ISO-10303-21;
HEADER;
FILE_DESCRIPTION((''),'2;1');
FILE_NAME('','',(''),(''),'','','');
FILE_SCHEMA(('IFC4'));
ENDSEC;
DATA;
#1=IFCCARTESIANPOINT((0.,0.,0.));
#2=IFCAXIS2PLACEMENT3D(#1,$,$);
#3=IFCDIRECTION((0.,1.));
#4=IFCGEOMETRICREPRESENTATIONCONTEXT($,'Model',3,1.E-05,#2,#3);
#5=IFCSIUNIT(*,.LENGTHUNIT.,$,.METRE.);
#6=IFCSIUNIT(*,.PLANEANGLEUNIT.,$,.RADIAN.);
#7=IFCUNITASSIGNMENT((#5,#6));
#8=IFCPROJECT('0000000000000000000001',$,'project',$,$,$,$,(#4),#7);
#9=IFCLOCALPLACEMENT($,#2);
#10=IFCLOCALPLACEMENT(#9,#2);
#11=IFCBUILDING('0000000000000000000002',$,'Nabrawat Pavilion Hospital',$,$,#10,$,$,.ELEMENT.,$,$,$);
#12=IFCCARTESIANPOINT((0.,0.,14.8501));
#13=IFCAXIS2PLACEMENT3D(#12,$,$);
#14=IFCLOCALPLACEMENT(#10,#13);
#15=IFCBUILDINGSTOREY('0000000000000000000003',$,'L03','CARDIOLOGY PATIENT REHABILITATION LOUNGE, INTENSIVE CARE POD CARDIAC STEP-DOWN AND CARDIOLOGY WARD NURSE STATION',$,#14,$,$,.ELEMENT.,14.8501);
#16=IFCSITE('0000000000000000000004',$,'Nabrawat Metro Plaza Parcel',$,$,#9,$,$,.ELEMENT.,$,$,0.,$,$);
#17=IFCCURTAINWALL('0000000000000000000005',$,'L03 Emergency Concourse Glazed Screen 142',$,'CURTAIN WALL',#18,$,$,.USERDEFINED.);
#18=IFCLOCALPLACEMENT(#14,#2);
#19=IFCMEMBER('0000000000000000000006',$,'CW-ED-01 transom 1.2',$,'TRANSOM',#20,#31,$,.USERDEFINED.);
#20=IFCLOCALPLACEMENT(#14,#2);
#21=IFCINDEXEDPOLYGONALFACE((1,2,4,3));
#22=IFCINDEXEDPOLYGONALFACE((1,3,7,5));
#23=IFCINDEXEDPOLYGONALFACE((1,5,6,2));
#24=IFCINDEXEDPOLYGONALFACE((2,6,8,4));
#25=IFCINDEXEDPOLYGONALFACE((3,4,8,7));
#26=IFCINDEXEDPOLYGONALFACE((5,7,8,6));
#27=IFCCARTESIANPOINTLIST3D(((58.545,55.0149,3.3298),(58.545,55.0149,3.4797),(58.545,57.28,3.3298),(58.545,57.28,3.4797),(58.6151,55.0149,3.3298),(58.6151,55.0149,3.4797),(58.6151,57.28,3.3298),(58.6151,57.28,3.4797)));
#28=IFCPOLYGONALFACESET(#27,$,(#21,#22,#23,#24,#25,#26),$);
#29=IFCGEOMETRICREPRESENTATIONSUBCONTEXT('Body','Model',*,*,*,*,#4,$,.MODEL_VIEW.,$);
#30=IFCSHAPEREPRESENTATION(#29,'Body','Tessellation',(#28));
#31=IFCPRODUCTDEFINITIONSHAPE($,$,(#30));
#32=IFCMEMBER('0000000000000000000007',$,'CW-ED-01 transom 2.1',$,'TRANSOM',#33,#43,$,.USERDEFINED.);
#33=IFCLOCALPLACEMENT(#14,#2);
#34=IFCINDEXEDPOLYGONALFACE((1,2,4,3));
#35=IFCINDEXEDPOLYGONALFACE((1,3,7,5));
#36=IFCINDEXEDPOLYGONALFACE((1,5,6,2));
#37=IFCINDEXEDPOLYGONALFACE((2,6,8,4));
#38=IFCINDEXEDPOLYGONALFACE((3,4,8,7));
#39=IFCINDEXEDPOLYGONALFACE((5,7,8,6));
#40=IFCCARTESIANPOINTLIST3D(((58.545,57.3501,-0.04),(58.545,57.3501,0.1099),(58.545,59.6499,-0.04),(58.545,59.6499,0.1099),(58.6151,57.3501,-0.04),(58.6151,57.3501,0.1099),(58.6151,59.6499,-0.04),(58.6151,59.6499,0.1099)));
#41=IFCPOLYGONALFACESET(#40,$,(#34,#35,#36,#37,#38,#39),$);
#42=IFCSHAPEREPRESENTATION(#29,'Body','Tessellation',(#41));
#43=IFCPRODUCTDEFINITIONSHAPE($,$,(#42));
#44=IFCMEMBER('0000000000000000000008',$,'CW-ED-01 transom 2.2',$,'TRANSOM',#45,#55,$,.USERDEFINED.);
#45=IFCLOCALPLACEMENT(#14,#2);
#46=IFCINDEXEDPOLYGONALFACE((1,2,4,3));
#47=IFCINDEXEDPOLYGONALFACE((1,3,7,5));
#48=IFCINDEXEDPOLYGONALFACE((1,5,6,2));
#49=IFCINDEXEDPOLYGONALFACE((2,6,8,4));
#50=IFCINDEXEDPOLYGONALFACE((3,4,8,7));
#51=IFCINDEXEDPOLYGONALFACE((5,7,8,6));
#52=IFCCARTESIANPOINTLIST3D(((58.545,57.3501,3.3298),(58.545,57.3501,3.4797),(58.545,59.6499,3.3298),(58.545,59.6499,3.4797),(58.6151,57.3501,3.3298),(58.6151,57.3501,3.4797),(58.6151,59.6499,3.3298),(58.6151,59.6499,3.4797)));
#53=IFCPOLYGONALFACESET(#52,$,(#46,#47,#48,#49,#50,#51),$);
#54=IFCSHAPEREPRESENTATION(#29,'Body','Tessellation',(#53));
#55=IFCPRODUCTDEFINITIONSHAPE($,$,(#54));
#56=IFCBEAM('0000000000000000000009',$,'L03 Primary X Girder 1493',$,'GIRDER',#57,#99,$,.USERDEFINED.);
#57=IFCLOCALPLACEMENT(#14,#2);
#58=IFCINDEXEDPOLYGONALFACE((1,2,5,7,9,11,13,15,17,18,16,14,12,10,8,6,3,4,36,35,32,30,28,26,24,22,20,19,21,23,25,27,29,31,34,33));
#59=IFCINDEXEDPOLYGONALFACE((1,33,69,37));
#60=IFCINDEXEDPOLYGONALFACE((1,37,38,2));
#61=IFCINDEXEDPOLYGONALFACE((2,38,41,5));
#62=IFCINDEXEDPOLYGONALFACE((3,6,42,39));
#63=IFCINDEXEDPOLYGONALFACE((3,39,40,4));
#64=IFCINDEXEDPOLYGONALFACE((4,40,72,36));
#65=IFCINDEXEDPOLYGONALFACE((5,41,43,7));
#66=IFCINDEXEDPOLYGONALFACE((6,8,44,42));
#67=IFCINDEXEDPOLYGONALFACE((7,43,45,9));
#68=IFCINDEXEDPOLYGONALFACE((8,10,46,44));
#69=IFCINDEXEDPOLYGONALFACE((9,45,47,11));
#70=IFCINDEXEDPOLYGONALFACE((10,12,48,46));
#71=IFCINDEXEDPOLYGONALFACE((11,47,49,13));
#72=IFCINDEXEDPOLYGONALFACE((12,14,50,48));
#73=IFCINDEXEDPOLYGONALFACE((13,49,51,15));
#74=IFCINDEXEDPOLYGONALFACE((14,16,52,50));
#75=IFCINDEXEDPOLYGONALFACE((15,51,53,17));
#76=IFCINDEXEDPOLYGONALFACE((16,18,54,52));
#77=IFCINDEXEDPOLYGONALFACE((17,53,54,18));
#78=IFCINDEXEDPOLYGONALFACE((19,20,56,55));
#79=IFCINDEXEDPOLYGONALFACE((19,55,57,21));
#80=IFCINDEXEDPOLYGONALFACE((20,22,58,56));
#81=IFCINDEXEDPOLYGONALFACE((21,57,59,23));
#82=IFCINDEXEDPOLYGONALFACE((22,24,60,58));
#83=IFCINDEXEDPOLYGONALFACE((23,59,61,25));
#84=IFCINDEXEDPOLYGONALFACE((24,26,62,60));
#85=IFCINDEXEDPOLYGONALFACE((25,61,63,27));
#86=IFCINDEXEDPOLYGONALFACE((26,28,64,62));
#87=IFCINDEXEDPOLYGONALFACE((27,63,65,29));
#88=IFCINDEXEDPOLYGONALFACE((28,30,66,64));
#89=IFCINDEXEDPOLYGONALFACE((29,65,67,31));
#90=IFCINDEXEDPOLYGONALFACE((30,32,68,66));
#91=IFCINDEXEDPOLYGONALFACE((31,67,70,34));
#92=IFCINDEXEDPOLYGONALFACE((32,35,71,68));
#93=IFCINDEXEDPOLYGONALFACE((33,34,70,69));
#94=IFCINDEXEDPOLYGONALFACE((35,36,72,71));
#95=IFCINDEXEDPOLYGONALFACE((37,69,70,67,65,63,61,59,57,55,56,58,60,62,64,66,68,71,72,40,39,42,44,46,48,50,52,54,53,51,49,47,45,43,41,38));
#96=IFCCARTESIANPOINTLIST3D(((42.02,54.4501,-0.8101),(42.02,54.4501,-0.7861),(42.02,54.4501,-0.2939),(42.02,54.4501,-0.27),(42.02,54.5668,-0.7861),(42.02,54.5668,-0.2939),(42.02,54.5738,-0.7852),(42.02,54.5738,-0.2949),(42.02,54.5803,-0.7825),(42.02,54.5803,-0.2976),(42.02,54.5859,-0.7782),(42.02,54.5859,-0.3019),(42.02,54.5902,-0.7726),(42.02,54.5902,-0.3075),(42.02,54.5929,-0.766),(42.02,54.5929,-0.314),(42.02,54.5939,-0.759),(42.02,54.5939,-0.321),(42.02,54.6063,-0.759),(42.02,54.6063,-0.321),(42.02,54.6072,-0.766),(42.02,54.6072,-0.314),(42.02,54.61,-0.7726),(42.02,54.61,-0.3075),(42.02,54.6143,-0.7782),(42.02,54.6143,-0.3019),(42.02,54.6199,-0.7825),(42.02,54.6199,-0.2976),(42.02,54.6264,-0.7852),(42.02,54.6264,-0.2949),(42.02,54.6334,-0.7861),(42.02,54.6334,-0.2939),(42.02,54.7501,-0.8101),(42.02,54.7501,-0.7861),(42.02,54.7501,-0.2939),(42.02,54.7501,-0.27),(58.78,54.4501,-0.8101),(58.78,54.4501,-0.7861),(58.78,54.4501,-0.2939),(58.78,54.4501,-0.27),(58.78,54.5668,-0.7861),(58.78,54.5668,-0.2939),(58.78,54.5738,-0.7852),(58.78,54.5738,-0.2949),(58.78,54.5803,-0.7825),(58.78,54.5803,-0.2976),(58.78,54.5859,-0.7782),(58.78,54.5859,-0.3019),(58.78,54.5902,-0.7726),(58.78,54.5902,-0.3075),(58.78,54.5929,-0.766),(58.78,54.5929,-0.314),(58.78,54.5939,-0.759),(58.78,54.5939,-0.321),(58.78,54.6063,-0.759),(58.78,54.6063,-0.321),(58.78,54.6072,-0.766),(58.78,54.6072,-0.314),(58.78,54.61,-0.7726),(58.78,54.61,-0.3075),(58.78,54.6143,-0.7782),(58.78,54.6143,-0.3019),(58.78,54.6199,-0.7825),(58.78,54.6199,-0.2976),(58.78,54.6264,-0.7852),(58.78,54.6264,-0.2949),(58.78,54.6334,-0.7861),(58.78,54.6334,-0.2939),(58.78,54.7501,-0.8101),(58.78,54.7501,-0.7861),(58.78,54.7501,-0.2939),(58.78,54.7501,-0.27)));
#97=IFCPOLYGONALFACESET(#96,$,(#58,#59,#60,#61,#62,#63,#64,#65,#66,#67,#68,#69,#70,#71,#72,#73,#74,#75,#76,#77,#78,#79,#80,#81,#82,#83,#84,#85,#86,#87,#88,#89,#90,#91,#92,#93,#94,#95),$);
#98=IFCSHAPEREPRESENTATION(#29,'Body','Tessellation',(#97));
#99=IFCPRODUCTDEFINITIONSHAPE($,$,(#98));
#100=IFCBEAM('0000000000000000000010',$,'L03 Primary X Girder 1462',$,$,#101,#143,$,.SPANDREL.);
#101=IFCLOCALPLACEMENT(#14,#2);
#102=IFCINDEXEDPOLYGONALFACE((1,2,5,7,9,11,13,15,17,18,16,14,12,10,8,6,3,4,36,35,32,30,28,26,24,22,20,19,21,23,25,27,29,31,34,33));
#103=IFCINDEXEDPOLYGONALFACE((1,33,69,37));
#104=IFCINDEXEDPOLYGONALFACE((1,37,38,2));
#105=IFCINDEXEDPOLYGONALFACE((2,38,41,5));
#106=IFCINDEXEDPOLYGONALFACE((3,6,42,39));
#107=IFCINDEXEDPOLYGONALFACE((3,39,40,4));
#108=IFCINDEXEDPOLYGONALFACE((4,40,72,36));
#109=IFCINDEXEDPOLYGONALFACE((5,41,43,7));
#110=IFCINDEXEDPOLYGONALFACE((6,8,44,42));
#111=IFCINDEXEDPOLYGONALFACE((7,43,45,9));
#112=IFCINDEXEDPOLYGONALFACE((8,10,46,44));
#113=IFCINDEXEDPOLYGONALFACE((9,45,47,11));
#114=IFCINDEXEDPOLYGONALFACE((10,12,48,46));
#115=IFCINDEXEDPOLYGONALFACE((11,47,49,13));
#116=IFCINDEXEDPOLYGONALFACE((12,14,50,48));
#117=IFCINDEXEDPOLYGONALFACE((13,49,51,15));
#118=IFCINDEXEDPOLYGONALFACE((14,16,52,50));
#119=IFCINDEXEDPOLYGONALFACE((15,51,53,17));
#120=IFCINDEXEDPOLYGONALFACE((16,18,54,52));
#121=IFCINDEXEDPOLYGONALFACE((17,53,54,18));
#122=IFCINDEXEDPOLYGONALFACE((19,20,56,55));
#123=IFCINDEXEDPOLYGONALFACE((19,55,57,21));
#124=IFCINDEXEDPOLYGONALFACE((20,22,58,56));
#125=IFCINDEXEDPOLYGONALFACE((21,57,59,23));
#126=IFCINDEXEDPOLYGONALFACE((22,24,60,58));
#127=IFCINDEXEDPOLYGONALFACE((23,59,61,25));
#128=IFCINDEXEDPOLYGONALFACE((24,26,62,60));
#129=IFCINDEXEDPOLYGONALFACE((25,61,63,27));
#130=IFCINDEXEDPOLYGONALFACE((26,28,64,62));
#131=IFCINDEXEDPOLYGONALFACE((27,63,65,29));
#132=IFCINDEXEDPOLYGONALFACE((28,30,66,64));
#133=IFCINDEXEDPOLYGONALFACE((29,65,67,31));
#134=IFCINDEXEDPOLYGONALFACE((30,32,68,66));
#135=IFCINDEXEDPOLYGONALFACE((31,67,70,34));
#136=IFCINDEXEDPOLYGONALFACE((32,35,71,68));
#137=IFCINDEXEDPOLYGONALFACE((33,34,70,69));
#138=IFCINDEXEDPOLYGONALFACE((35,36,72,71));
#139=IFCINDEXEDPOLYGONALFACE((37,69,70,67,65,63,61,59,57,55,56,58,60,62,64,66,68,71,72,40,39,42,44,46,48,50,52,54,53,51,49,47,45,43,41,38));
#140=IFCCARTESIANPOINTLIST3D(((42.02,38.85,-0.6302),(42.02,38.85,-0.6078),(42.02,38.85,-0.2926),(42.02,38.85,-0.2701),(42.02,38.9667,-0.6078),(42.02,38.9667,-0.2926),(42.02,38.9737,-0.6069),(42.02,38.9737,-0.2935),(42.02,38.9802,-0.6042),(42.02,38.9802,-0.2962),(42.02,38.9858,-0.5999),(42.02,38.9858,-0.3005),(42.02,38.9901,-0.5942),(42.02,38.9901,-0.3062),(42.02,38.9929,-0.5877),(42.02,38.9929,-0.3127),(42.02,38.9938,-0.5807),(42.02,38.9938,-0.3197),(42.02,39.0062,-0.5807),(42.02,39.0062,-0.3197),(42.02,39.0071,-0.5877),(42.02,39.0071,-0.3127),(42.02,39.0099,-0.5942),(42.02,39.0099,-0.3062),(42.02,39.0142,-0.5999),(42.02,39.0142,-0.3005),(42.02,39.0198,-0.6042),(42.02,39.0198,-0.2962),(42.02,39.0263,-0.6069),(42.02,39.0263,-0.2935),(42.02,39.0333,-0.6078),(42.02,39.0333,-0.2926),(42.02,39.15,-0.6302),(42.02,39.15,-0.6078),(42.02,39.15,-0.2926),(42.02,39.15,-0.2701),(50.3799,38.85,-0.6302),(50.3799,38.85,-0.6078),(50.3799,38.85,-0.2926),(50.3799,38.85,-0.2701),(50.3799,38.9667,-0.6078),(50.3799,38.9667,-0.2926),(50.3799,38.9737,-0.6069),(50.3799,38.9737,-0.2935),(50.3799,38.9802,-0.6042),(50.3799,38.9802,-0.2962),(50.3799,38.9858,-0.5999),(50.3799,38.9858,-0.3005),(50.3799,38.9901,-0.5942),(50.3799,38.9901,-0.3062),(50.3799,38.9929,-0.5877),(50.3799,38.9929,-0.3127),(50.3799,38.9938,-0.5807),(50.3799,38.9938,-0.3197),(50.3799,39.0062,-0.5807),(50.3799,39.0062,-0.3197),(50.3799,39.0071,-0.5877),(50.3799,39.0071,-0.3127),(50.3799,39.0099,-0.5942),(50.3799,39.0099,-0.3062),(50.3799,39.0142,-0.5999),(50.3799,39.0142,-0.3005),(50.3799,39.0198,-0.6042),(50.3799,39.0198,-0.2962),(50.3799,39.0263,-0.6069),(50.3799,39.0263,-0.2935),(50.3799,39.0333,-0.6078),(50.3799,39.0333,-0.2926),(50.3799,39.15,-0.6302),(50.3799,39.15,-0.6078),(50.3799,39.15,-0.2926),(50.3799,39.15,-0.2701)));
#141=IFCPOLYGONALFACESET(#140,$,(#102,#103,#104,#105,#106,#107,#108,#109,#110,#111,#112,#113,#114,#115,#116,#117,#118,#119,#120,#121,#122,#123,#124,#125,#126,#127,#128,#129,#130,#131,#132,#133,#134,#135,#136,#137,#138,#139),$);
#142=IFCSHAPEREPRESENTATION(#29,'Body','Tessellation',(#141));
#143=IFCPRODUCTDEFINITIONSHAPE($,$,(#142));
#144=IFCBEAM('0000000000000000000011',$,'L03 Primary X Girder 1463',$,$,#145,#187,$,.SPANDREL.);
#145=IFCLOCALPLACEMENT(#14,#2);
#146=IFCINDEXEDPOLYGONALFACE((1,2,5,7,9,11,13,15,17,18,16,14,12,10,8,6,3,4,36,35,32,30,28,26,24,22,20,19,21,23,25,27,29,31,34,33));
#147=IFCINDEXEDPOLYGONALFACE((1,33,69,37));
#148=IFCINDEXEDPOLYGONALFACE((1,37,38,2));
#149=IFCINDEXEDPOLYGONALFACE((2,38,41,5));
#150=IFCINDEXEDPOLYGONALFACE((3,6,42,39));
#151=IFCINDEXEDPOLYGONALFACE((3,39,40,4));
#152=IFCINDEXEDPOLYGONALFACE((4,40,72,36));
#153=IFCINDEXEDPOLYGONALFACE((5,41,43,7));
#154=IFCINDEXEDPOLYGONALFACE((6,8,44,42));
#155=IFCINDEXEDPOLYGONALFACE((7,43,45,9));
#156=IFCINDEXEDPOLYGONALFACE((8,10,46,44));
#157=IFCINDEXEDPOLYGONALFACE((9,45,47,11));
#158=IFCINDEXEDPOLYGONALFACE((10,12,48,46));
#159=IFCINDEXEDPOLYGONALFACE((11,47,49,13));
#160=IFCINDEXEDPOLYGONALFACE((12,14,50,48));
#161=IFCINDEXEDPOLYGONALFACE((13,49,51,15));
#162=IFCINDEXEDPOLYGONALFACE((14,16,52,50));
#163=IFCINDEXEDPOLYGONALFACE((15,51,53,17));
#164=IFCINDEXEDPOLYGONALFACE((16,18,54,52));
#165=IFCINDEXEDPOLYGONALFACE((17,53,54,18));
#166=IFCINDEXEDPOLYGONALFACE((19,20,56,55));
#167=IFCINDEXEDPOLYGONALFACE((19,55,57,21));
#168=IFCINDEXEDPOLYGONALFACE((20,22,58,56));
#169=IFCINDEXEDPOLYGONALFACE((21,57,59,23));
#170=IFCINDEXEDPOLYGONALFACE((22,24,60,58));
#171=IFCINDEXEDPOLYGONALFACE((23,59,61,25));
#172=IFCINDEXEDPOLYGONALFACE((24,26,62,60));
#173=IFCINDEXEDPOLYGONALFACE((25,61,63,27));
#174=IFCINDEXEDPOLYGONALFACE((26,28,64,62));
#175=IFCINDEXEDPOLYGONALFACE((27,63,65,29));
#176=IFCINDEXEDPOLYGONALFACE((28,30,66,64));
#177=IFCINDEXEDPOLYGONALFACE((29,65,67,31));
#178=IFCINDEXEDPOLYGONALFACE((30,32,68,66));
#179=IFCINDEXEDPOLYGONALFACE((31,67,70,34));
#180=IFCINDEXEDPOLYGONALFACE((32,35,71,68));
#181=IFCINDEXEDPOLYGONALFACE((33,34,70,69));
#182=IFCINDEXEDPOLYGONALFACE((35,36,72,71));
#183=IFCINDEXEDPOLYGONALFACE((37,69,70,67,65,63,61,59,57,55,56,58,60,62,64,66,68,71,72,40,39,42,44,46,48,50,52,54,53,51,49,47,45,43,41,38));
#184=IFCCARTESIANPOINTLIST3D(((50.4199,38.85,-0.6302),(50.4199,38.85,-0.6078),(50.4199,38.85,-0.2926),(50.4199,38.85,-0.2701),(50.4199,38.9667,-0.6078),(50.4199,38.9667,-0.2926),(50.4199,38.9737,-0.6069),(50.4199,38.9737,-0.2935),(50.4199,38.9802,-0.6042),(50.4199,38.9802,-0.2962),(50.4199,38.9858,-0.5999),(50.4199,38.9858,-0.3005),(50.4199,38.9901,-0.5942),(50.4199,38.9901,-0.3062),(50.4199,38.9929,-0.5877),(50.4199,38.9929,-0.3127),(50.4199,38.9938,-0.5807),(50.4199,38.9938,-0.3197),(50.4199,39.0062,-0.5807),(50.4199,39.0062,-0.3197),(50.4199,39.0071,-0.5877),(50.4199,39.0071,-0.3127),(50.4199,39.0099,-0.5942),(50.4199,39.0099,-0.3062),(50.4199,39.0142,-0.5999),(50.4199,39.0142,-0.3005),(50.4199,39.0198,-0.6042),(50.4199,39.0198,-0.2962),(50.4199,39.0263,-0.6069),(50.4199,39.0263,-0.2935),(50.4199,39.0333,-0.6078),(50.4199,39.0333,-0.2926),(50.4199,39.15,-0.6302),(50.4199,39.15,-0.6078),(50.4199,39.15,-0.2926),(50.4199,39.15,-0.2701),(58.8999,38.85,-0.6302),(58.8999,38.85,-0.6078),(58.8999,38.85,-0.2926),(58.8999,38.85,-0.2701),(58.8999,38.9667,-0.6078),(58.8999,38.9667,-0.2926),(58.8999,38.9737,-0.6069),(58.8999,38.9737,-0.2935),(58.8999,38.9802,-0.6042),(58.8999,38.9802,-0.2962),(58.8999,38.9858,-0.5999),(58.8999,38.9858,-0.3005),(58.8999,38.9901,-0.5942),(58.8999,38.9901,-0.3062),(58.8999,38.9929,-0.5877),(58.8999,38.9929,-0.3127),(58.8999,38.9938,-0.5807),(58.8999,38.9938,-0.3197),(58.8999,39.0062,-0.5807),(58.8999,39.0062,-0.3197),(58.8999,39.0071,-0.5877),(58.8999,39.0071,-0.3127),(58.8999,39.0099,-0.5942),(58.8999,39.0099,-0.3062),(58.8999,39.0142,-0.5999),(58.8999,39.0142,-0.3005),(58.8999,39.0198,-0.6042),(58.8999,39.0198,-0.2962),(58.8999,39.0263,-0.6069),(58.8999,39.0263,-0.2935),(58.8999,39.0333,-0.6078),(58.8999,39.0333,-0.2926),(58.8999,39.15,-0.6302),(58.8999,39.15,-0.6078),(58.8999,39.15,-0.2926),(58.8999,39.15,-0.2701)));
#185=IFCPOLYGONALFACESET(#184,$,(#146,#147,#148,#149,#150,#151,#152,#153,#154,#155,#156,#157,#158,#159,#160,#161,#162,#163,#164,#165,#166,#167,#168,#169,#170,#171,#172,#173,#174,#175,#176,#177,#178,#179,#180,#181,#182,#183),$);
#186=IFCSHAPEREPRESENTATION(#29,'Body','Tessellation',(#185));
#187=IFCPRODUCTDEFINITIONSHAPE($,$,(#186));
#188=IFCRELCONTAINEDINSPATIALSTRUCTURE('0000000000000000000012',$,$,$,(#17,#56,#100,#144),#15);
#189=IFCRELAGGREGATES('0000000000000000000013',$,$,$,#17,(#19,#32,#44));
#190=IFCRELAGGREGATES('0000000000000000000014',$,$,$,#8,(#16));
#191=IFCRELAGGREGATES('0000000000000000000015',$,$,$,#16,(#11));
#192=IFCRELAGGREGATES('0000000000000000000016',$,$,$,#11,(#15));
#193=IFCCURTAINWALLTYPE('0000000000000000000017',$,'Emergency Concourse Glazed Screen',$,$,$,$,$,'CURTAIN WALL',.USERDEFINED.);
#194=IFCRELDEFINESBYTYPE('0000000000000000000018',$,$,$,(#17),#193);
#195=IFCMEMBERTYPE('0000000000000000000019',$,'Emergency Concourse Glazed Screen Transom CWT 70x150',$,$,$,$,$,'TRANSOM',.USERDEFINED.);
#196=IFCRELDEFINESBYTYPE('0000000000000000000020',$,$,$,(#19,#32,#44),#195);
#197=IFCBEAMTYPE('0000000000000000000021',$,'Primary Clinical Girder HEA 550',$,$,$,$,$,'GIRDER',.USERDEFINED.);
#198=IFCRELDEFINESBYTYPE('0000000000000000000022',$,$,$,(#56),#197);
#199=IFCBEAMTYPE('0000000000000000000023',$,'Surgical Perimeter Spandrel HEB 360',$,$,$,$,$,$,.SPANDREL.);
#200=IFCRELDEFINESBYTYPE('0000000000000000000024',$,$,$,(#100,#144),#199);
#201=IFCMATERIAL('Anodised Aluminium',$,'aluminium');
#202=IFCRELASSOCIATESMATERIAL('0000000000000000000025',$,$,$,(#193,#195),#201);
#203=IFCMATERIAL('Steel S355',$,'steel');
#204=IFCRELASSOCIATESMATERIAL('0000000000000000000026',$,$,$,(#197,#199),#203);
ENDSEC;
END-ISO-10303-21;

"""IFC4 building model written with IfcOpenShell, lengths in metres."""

from ifc_helpers import new_model, si_unit, direction, frame, origin, origin_2d, place, context, subcontext, project, spatial, rectangle, i_section, extrude, material, material_profile, profile_set, type_object, element, aggregate, save


model = new_model("IFC4")

# Units and contexts
model_context = context("Model", 3, precision=1e-05, world=origin(), true_north=direction((0.0, 1.0)))
body_context = subcontext(model_context, "Body", "Model", "MODEL_VIEW")
ifc_project = project(units=[si_unit("LENGTHUNIT", "METRE"), si_unit("PLANEANGLEUNIT", "RADIAN")], contexts=[model_context])

# Site, building, storey
site_placement = place(None, origin())
site = spatial("IfcSite", under=ifc_project, at=site_placement, Name="Nabrawat Metro Plaza Parcel", CompositionType="ELEMENT", RefElevation=0.0)
building_placement = place(site_placement, origin())
building = spatial("IfcBuilding", under=site, at=building_placement, Name="Nabrawat Pavilion Hospital", CompositionType="ELEMENT")
storey_placement = place(building_placement, frame((0.0, 0.0, 14.8501)))
storey = spatial("IfcBuildingStorey", under=building, at=storey_placement, Name="L03", Description="CARDIOLOGY PATIENT REHABILITATION LOUNGE, INTENSIVE CARE POD CARDIAC STEP-DOWN AND CARDIOLOGY WARD NURSE STATION", CompositionType="ELEMENT", Elevation=14.8501)

# Shared definitions
ifc_material_1 = material(Name="Steel S355", Category="steel")

# Curtain wall, members
ifc_material_2 = material(Name="Anodised Aluminium", Category="aluminium")
curtain_wall_type = type_object("IfcCurtainWallType", Name="Emergency Concourse Glazed Screen", ElementType="CURTAIN WALL", PredefinedType="USERDEFINED", material=ifc_material_2)
curtain_wall_placement = place(storey_placement, origin())
curtain_wall = element("IfcCurtainWall", 1, at=curtain_wall_placement, inside=storey, type_object=curtain_wall_type, Name="L03 Emergency Concourse Glazed Screen 142", ObjectType="CURTAIN WALL", PredefinedType="USERDEFINED")
ifc_material_profile_1 = material_profile(ifc_material_2, rectangle(XDim=0.0701, YDim=0.1499, at=origin_2d()), Name="CWT 70x150")
ifc_profile_set_1 = profile_set([ifc_material_profile_1], Name="Anodised Aluminium")
member_type_1 = type_object("IfcMemberType", Name="Emergency Concourse Glazed Screen Transom CWT 70x150", ElementType="TRANSOM", PredefinedType="USERDEFINED", material=ifc_profile_set_1)
member_1_placement = place(storey_placement, frame((58.5801, 55.0149, 3.4048), z_axis=(0.0, 1.0, 0.0), x_axis=(-1.0, 0.0, 0.0)))
member_1 = element("IfcMember", 2, at=member_1_placement, type_object=member_type_1, Name="CW-ED-01 transom 1.2", ObjectType="TRANSOM", PredefinedType="USERDEFINED", context=body_context, shape_type="SweptSolid", body=[
    extrude(rectangle(XDim=0.0701, YDim=0.1499, at=origin_2d()), origin(), (0.0, 0.0, 1.0), 2.2651),
])
member_2_placement = place(storey_placement, frame((58.5801, 57.3501, 0.0349), z_axis=(0.0, 1.0, 0.0), x_axis=(-1.0, 0.0, 0.0)))
member_2 = element("IfcMember", 3, at=member_2_placement, type_object=member_type_1, Name="CW-ED-01 transom 2.1", ObjectType="TRANSOM", PredefinedType="USERDEFINED", context=body_context, shape_type="SweptSolid", body=[
    extrude(rectangle(XDim=0.0701, YDim=0.1499, at=origin_2d()), origin(), (0.0, 0.0, 1.0), 2.2998),
])
member_3_placement = place(storey_placement, frame((58.5801, 57.3501, 3.4048), z_axis=(0.0, 1.0, 0.0), x_axis=(-1.0, 0.0, 0.0)))
member_3 = element("IfcMember", 4, at=member_3_placement, type_object=member_type_1, Name="CW-ED-01 transom 2.2", ObjectType="TRANSOM", PredefinedType="USERDEFINED", context=body_context, shape_type="SweptSolid", body=[
    extrude(rectangle(XDim=0.0701, YDim=0.1499, at=origin_2d()), origin(), (0.0, 0.0, 1.0), 2.2998),
])

# Beams
ifc_material_profile_2 = material_profile(ifc_material_1, i_section(OverallWidth=0.3, OverallDepth=0.54, WebThickness=0.0125, FlangeThickness=0.0239, FilletRadius=0.0271, at=origin_2d()), Name="HEA 550")
ifc_profile_set_2 = profile_set([ifc_material_profile_2], Name="Steel S355")
beam_type_1 = type_object("IfcBeamType", Name="Primary Clinical Girder HEA 550", ElementType="GIRDER", PredefinedType="USERDEFINED", material=ifc_profile_set_2)
beam_1_placement = place(storey_placement, frame((42.02, 54.6001, -0.54), z_axis=(1.0, 0.0, 0.0), x_axis=(0.0, 1.0, 0.0)))
element("IfcBeam", 5, at=beam_1_placement, inside=storey, type_object=beam_type_1, Name="L03 Primary X Girder 1493", ObjectType="GIRDER", PredefinedType="USERDEFINED", context=body_context, shape_type="SweptSolid", body=[
    extrude(i_section(OverallWidth=0.3, OverallDepth=0.54, WebThickness=0.0125, FlangeThickness=0.0239, FilletRadius=0.0271, at=origin_2d()), origin(), (0.0, 0.0, 1.0), 16.76),
])
ifc_material_profile_3 = material_profile(ifc_material_1, i_section(OverallWidth=0.3, OverallDepth=0.3601, WebThickness=0.0125, FlangeThickness=0.0225, FilletRadius=0.0271, at=origin_2d()), Name="HEB 360")
ifc_profile_set_3 = profile_set([ifc_material_profile_3], Name="Steel S355")
beam_type_2 = type_object("IfcBeamType", Name="Surgical Perimeter Spandrel HEB 360", PredefinedType="SPANDREL", material=ifc_profile_set_3)
beam_2_placement = place(storey_placement, frame((42.02, 39.0, -0.4502), z_axis=(1.0, 0.0, 0.0), x_axis=(0.0, 1.0, 0.0)))
element("IfcBeam", 6, at=beam_2_placement, inside=storey, type_object=beam_type_2, Name="L03 Primary X Girder 1462", PredefinedType="SPANDREL", context=body_context, shape_type="SweptSolid", body=[
    extrude(i_section(OverallWidth=0.3, OverallDepth=0.3601, WebThickness=0.0125, FlangeThickness=0.0225, FilletRadius=0.0271, at=origin_2d()), origin(), (0.0, 0.0, 1.0), 8.3599),
])
beam_3_placement = place(storey_placement, frame((50.4199, 39.0, -0.4502), z_axis=(1.0, 0.0, 0.0), x_axis=(0.0, 1.0, 0.0)))
element("IfcBeam", 7, at=beam_3_placement, inside=storey, type_object=beam_type_2, Name="L03 Primary X Girder 1463", PredefinedType="SPANDREL", context=body_context, shape_type="SweptSolid", body=[
    extrude(i_section(OverallWidth=0.3, OverallDepth=0.3601, WebThickness=0.0125, FlangeThickness=0.0225, FilletRadius=0.0271, at=origin_2d()), origin(), (0.0, 0.0, 1.0), 8.48),
])

aggregate(curtain_wall, [member_1, member_2, member_3])

save(model, "model.ifc")
